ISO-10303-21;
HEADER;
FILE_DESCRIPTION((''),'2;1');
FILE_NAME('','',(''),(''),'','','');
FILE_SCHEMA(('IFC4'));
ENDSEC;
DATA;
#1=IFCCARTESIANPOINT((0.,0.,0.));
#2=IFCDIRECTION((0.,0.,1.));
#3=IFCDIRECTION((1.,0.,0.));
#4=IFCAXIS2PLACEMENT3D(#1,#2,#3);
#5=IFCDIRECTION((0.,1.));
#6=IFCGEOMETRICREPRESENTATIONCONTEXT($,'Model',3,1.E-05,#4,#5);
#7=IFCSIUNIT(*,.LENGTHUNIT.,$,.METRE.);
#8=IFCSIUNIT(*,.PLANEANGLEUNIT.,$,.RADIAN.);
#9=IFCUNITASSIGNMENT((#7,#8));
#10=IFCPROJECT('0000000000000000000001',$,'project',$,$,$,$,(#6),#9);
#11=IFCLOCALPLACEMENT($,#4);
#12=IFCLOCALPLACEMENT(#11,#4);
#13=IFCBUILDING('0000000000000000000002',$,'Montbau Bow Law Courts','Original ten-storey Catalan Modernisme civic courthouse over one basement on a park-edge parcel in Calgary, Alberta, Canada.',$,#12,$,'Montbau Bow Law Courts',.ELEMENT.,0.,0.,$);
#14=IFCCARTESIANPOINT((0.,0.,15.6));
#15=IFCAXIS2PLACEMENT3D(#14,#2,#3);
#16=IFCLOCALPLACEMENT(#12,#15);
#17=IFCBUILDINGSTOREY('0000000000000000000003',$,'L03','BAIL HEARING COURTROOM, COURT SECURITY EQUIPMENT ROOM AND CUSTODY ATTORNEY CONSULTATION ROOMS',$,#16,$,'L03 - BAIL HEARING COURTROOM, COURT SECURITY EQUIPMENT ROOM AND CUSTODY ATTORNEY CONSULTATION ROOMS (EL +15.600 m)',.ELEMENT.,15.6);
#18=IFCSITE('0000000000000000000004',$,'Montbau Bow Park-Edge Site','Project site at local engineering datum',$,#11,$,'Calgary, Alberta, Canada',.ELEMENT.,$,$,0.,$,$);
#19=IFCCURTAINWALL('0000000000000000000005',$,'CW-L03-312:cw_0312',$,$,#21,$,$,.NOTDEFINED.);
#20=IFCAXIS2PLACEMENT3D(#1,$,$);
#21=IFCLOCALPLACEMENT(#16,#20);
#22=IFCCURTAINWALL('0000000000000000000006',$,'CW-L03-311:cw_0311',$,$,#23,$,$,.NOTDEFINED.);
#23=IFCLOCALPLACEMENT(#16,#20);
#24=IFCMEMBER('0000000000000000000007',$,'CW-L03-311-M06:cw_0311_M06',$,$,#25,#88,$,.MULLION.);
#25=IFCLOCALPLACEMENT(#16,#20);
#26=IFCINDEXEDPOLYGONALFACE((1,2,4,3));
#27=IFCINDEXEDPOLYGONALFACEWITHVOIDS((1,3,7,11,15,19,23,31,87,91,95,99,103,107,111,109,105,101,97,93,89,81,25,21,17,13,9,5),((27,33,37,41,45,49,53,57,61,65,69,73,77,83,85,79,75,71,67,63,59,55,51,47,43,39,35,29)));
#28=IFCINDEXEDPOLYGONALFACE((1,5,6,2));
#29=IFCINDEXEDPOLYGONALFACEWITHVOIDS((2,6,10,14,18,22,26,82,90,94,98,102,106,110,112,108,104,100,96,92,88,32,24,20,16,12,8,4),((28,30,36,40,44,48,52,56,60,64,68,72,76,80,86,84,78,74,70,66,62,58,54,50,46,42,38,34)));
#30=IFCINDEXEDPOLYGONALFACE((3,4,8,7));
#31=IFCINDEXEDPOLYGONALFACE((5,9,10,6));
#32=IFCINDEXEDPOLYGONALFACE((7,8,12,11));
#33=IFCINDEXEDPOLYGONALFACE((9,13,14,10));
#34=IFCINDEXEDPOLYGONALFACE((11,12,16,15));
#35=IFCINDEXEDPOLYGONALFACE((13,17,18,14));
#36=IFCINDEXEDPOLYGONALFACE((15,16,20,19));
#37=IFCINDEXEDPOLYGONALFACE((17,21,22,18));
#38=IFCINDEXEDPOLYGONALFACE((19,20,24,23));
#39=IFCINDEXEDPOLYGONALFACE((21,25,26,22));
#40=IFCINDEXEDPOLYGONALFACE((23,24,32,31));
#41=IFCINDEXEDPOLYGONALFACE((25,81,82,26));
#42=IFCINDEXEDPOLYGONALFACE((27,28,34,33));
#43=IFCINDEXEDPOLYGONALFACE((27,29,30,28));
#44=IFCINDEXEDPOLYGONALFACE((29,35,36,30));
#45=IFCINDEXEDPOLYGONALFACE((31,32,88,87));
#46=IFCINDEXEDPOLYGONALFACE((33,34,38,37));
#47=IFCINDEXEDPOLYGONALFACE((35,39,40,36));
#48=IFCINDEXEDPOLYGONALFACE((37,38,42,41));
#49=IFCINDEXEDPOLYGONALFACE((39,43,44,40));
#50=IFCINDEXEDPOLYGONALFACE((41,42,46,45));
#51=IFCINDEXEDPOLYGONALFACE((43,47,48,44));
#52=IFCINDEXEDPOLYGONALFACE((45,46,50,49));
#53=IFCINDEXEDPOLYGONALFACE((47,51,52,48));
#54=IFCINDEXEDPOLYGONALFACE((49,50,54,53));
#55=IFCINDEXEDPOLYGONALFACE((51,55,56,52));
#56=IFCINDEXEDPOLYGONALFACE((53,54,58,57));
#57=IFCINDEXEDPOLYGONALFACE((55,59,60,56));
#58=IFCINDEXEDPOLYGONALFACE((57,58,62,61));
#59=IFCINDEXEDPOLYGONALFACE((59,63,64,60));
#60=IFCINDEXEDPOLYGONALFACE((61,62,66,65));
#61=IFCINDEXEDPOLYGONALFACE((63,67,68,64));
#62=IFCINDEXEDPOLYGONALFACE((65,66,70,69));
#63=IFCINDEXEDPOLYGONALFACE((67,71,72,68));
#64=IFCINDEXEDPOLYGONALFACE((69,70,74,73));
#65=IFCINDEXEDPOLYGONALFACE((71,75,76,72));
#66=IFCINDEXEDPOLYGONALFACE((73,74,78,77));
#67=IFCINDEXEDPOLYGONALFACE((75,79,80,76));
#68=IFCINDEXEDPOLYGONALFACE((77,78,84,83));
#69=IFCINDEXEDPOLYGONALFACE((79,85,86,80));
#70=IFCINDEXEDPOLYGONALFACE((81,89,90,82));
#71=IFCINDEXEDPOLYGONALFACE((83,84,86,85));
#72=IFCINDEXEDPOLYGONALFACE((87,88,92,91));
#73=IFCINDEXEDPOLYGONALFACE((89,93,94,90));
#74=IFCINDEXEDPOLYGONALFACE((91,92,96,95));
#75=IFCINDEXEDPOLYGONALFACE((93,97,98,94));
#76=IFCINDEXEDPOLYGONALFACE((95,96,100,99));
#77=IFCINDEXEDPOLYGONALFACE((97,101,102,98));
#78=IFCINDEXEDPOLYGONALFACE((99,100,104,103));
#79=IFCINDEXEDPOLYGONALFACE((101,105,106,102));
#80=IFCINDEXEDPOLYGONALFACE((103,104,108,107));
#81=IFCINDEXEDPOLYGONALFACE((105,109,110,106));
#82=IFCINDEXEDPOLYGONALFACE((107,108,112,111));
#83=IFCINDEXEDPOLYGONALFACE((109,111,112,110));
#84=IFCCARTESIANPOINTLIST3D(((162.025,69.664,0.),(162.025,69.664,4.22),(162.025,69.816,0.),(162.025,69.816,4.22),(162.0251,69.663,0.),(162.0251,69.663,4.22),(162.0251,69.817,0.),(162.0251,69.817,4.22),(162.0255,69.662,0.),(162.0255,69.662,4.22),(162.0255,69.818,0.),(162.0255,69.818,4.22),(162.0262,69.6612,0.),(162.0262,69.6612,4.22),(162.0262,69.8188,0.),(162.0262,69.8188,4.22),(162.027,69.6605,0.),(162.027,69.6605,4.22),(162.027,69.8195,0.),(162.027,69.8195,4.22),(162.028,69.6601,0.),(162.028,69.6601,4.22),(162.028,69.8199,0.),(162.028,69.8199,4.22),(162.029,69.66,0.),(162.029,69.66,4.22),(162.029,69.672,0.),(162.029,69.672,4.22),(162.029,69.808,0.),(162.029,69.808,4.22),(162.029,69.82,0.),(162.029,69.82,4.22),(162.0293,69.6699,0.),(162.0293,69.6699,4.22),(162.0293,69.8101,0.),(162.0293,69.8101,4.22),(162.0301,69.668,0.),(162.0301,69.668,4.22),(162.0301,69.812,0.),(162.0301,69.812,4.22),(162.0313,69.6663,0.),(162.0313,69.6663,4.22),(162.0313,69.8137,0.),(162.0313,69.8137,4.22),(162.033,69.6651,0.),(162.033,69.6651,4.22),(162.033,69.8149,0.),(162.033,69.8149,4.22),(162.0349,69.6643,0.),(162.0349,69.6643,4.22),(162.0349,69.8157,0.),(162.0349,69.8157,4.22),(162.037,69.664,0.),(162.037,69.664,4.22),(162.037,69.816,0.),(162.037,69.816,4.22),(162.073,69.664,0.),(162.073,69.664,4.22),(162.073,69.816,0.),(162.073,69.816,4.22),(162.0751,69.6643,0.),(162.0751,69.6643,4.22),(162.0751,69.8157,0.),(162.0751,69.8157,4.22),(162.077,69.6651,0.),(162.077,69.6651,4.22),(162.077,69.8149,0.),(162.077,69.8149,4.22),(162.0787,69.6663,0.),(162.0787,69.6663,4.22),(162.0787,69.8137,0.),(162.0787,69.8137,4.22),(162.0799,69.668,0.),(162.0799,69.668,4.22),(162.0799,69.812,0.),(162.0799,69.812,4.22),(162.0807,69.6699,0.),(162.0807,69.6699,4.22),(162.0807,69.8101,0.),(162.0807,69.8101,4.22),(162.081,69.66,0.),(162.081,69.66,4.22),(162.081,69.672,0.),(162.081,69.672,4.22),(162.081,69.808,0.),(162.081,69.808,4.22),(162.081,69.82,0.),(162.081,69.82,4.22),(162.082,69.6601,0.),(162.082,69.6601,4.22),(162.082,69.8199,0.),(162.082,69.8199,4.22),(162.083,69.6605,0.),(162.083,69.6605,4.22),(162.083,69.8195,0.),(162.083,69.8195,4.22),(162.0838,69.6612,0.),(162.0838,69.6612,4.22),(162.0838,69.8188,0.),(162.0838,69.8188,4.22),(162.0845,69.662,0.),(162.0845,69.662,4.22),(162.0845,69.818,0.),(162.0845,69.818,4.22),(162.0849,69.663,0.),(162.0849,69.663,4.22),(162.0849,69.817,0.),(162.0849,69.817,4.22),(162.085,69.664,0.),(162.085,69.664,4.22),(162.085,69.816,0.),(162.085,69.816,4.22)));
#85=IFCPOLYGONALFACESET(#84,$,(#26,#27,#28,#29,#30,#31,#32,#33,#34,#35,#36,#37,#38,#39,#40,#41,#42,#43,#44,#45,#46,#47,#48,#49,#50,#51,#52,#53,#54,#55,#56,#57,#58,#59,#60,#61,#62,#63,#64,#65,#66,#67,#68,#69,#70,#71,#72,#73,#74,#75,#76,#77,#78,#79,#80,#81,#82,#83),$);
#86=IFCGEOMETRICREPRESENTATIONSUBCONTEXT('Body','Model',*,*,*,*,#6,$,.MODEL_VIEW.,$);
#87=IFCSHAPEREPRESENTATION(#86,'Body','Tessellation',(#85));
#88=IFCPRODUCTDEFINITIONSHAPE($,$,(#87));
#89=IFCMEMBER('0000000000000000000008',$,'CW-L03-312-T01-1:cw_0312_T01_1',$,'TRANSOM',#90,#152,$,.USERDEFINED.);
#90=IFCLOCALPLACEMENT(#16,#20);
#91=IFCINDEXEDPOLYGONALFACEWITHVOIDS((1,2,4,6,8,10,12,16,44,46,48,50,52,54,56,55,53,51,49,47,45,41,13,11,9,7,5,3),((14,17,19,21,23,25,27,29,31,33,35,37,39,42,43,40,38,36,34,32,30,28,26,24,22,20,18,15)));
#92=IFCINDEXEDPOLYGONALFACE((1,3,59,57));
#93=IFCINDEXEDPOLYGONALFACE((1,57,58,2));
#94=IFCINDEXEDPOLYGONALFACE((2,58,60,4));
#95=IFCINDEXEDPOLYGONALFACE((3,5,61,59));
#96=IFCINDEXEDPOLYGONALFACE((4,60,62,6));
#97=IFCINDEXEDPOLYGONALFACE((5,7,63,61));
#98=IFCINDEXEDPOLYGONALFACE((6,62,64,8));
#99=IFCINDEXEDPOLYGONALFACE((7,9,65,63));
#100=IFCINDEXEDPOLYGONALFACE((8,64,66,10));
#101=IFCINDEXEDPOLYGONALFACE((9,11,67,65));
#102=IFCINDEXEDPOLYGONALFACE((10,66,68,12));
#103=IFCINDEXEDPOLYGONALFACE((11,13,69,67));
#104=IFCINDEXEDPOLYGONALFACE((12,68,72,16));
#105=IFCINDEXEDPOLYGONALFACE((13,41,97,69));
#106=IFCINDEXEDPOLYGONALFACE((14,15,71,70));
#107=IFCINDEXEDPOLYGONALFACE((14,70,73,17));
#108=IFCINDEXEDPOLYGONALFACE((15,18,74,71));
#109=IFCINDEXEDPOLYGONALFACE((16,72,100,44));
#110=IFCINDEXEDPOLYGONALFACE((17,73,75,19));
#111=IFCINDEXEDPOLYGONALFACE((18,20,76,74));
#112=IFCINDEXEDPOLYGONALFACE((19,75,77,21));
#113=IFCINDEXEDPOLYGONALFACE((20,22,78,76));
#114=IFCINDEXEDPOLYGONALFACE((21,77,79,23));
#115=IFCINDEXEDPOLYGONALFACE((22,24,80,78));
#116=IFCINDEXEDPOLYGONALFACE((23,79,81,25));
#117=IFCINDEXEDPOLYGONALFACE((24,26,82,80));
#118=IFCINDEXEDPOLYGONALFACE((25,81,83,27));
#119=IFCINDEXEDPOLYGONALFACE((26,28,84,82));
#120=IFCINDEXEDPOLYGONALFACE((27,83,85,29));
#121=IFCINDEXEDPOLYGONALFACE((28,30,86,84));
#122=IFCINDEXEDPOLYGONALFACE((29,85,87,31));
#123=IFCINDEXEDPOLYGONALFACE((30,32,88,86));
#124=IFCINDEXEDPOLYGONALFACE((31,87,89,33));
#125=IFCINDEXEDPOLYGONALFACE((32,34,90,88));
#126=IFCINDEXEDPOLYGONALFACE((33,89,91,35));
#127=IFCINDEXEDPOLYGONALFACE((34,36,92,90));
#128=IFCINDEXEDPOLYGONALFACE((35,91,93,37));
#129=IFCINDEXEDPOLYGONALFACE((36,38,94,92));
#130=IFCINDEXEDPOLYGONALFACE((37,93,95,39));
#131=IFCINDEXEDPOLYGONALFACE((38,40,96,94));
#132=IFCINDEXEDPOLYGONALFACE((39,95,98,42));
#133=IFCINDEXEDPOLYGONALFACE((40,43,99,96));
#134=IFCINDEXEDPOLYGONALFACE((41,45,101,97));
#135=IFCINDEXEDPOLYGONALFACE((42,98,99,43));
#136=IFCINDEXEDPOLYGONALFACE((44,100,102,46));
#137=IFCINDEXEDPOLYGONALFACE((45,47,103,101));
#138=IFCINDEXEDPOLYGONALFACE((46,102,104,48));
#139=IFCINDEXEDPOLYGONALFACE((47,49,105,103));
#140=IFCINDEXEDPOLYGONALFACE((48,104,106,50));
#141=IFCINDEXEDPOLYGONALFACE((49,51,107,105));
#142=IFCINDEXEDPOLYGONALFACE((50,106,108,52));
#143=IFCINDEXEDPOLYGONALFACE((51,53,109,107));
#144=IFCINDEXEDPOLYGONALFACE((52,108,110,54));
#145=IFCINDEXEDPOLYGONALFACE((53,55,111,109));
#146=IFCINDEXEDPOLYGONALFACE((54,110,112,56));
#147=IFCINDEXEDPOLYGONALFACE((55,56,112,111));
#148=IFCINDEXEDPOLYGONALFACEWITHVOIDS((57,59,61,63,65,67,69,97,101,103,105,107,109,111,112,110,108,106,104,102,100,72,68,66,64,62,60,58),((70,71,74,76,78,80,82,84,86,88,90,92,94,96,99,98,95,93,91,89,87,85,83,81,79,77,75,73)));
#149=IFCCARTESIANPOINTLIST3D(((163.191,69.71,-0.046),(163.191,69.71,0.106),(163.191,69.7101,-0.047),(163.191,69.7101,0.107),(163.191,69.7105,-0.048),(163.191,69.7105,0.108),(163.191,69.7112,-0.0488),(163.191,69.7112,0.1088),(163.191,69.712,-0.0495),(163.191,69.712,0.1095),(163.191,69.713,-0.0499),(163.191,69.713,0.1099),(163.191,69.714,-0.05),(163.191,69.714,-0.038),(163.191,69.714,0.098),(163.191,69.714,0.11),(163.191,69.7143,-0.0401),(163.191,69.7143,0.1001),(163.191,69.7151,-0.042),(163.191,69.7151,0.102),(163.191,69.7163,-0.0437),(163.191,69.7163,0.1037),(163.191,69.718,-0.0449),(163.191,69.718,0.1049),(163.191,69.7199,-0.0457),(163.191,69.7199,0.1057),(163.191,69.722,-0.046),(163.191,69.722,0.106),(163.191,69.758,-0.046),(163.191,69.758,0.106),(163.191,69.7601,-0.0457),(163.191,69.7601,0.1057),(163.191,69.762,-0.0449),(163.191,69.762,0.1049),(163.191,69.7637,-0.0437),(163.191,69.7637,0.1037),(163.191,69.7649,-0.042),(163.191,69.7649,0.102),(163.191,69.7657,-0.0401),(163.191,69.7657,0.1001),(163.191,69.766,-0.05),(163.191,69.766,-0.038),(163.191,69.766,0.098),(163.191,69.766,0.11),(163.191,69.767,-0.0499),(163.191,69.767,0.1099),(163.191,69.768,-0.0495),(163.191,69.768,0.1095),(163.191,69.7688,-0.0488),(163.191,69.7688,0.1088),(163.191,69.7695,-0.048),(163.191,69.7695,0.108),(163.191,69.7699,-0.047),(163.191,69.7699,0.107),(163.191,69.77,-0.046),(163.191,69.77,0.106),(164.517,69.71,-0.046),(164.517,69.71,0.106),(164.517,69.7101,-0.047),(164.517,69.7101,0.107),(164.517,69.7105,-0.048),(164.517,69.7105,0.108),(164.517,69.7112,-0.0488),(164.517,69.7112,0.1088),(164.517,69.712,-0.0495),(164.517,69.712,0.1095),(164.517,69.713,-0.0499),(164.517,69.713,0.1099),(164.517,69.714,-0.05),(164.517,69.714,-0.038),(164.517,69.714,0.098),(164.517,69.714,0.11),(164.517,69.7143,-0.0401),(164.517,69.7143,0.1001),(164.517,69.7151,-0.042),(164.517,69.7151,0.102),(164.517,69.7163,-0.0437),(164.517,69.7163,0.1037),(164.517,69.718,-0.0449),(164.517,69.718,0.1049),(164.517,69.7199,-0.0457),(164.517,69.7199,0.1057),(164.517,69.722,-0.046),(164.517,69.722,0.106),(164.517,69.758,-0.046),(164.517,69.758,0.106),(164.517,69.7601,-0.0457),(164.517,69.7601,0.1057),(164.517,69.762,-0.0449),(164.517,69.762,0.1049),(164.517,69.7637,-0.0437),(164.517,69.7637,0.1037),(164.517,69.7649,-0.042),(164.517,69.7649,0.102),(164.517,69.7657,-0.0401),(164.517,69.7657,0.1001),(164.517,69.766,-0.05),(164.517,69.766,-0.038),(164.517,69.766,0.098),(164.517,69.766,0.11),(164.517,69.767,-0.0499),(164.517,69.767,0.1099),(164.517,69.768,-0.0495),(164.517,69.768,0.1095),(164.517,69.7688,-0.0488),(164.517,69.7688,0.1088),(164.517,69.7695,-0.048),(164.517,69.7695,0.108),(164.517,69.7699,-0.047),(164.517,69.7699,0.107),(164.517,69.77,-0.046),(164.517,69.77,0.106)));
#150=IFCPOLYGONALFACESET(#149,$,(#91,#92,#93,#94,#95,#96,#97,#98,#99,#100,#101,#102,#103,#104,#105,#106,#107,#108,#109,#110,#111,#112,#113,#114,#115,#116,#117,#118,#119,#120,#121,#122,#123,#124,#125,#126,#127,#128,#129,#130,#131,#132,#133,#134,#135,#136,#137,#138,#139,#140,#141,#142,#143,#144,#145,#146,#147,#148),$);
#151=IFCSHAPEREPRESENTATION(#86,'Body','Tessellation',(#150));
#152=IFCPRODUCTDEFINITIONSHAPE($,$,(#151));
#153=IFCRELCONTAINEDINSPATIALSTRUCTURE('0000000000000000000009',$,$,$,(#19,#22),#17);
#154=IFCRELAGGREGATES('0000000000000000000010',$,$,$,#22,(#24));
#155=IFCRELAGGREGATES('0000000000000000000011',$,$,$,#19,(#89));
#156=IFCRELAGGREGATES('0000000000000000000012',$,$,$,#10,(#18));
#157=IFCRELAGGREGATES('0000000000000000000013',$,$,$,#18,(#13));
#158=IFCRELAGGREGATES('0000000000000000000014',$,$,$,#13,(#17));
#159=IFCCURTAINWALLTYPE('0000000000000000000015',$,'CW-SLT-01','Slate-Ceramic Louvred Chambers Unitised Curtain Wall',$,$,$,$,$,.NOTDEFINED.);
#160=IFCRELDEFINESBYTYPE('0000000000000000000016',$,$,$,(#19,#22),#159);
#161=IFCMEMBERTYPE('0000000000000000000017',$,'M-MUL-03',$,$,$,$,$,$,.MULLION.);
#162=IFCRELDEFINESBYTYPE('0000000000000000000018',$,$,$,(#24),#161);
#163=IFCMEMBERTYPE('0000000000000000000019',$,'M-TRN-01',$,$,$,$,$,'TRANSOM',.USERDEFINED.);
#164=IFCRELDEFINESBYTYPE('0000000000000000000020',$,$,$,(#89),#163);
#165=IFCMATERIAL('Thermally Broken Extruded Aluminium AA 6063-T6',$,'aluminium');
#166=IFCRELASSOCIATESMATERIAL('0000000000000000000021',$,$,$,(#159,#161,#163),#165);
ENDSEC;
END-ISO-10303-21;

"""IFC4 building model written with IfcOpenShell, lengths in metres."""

from ifc_helpers import new_model, si_unit, direction, frame, origin_with_axes, origin_2d_with_axis, place, context, subcontext, project, spatial, hollow_rectangle, extrude, material, material_profile, profile_set, type_object, element, aggregate, save


model = new_model("IFC4")

# Units and contexts
model_context = context("Model", 3, precision=1e-05, world=origin_with_axes(), true_north=direction((0.0, 1.0)))
body_context = subcontext(model_context, "Body", "Model", "MODEL_VIEW")
ifc_project = project(units=[si_unit("LENGTHUNIT", "METRE"), si_unit("PLANEANGLEUNIT", "RADIAN")], contexts=[model_context])

# Site, building, storey
site_placement = place(None, origin_with_axes())
site = spatial("IfcSite", under=ifc_project, at=site_placement, Name="Montbau Bow Park-Edge Site", Description="Project site at local engineering datum", LongName="Calgary, Alberta, Canada", CompositionType="ELEMENT", RefElevation=0.0)
building_placement = place(site_placement, origin_with_axes())
building = spatial("IfcBuilding", under=site, at=building_placement, Name="Montbau Bow Law Courts", Description="Original ten-storey Catalan Modernisme civic courthouse over one basement on a park-edge parcel in Calgary, Alberta, Canada.", LongName="Montbau Bow Law Courts", CompositionType="ELEMENT", ElevationOfRefHeight=0.0, ElevationOfTerrain=0.0)
storey_placement = place(building_placement, frame((0.0, 0.0, 15.6), z_axis=(0.0, 0.0, 1.0), x_axis=(1.0, 0.0, 0.0)))
storey = spatial("IfcBuildingStorey", under=building, at=storey_placement, Name="L03", Description="BAIL HEARING COURTROOM, COURT SECURITY EQUIPMENT ROOM AND CUSTODY ATTORNEY CONSULTATION ROOMS", LongName="L03 - BAIL HEARING COURTROOM, COURT SECURITY EQUIPMENT ROOM AND CUSTODY ATTORNEY CONSULTATION ROOMS (EL +15.600 m)", CompositionType="ELEMENT", Elevation=15.6)

# Curtain wall
ifc_material_1 = material(Name="Thermally Broken Extruded Aluminium AA 6063-T6", Category="aluminium")
curtain_wall_type = type_object("IfcCurtainWallType", Name="CW-SLT-01", Description="Slate-Ceramic Louvred Chambers Unitised Curtain Wall", PredefinedType="NOTDEFINED", material=ifc_material_1)
curtain_wall_1_placement = place(None, frame((163.115, 69.74, 15.6), z_axis=(0.0, 0.0, 1.0), x_axis=(1.0, 0.0, 0.0)))
curtain_wall_1 = element("IfcCurtainWall", 1, at=curtain_wall_1_placement, inside=storey, type_object=curtain_wall_type, Name="CW-L03-312:cw_0312", PredefinedType="NOTDEFINED")

# Curtain wall, member
curtain_wall_2_placement = place(None, frame((155.315, 69.74, 15.6), z_axis=(0.0, 0.0, 1.0), x_axis=(1.0, 0.0, 0.0)))
curtain_wall_2 = element("IfcCurtainWall", 2, at=curtain_wall_2_placement, inside=storey, type_object=curtain_wall_type, Name="CW-L03-311:cw_0311", PredefinedType="NOTDEFINED")
ifc_material_profile_1 = material_profile(ifc_material_1, hollow_rectangle(XDim=0.06, YDim=0.16, WallThickness=0.004, InnerFilletRadius=0.008, OuterFilletRadius=0.004, at=origin_2d_with_axis()), Name="CWM-160X60", Category="Main", Priority=0)
ifc_profile_set_1 = profile_set([ifc_material_profile_1], Name="Thermally Broken Extruded Aluminium AA 6063-T6")
member_type_1 = type_object("IfcMemberType", Name="M-MUL-03", PredefinedType="MULLION", material=ifc_profile_set_1)
member_1_placement = place(None, frame((162.055, 69.74, 15.6), z_axis=(0.0, 0.0, 1.0), x_axis=(1.0, 0.0, 0.0)))
member_1 = element("IfcMember", 3, at=member_1_placement, type_object=member_type_1, Name="CW-L03-311-M06:cw_0311_M06", PredefinedType="MULLION", context=body_context, shape_type="SweptSolid", body=[
    extrude(hollow_rectangle(XDim=0.06, YDim=0.16, WallThickness=0.004, InnerFilletRadius=0.008, OuterFilletRadius=0.004, at=origin_2d_with_axis()), origin_with_axes(), (0.0, 0.0, 1.0), 4.22),
])

# Member
ifc_material_profile_2 = material_profile(ifc_material_1, hollow_rectangle(XDim=0.06, YDim=0.16, WallThickness=0.004, InnerFilletRadius=0.008, OuterFilletRadius=0.004, at=origin_2d_with_axis()), Name="CWT-160X60", Category="Main", Priority=0)
ifc_profile_set_2 = profile_set([ifc_material_profile_2], Name="Thermally Broken Extruded Aluminium AA 6063-T6")
member_type_2 = type_object("IfcMemberType", Name="M-TRN-01", ElementType="TRANSOM", PredefinedType="USERDEFINED", material=ifc_profile_set_2)
member_2_placement = place(None, frame((163.191, 69.74, 15.63), z_axis=(1.0, 0.0, 0.0), x_axis=(0.0, 1.0, 0.0)))
member_2 = element("IfcMember", 4, at=member_2_placement, type_object=member_type_2, Name="CW-L03-312-T01-1:cw_0312_T01_1", ObjectType="TRANSOM", PredefinedType="USERDEFINED", context=body_context, shape_type="SweptSolid", body=[
    extrude(hollow_rectangle(XDim=0.06, YDim=0.16, WallThickness=0.004, InnerFilletRadius=0.008, OuterFilletRadius=0.004, at=origin_2d_with_axis()), origin_with_axes(), (0.0, 0.0, 1.0), 1.326),
])

aggregate(curtain_wall_2, [member_1])
aggregate(curtain_wall_1, [member_2])

save(model, "model.ifc")
